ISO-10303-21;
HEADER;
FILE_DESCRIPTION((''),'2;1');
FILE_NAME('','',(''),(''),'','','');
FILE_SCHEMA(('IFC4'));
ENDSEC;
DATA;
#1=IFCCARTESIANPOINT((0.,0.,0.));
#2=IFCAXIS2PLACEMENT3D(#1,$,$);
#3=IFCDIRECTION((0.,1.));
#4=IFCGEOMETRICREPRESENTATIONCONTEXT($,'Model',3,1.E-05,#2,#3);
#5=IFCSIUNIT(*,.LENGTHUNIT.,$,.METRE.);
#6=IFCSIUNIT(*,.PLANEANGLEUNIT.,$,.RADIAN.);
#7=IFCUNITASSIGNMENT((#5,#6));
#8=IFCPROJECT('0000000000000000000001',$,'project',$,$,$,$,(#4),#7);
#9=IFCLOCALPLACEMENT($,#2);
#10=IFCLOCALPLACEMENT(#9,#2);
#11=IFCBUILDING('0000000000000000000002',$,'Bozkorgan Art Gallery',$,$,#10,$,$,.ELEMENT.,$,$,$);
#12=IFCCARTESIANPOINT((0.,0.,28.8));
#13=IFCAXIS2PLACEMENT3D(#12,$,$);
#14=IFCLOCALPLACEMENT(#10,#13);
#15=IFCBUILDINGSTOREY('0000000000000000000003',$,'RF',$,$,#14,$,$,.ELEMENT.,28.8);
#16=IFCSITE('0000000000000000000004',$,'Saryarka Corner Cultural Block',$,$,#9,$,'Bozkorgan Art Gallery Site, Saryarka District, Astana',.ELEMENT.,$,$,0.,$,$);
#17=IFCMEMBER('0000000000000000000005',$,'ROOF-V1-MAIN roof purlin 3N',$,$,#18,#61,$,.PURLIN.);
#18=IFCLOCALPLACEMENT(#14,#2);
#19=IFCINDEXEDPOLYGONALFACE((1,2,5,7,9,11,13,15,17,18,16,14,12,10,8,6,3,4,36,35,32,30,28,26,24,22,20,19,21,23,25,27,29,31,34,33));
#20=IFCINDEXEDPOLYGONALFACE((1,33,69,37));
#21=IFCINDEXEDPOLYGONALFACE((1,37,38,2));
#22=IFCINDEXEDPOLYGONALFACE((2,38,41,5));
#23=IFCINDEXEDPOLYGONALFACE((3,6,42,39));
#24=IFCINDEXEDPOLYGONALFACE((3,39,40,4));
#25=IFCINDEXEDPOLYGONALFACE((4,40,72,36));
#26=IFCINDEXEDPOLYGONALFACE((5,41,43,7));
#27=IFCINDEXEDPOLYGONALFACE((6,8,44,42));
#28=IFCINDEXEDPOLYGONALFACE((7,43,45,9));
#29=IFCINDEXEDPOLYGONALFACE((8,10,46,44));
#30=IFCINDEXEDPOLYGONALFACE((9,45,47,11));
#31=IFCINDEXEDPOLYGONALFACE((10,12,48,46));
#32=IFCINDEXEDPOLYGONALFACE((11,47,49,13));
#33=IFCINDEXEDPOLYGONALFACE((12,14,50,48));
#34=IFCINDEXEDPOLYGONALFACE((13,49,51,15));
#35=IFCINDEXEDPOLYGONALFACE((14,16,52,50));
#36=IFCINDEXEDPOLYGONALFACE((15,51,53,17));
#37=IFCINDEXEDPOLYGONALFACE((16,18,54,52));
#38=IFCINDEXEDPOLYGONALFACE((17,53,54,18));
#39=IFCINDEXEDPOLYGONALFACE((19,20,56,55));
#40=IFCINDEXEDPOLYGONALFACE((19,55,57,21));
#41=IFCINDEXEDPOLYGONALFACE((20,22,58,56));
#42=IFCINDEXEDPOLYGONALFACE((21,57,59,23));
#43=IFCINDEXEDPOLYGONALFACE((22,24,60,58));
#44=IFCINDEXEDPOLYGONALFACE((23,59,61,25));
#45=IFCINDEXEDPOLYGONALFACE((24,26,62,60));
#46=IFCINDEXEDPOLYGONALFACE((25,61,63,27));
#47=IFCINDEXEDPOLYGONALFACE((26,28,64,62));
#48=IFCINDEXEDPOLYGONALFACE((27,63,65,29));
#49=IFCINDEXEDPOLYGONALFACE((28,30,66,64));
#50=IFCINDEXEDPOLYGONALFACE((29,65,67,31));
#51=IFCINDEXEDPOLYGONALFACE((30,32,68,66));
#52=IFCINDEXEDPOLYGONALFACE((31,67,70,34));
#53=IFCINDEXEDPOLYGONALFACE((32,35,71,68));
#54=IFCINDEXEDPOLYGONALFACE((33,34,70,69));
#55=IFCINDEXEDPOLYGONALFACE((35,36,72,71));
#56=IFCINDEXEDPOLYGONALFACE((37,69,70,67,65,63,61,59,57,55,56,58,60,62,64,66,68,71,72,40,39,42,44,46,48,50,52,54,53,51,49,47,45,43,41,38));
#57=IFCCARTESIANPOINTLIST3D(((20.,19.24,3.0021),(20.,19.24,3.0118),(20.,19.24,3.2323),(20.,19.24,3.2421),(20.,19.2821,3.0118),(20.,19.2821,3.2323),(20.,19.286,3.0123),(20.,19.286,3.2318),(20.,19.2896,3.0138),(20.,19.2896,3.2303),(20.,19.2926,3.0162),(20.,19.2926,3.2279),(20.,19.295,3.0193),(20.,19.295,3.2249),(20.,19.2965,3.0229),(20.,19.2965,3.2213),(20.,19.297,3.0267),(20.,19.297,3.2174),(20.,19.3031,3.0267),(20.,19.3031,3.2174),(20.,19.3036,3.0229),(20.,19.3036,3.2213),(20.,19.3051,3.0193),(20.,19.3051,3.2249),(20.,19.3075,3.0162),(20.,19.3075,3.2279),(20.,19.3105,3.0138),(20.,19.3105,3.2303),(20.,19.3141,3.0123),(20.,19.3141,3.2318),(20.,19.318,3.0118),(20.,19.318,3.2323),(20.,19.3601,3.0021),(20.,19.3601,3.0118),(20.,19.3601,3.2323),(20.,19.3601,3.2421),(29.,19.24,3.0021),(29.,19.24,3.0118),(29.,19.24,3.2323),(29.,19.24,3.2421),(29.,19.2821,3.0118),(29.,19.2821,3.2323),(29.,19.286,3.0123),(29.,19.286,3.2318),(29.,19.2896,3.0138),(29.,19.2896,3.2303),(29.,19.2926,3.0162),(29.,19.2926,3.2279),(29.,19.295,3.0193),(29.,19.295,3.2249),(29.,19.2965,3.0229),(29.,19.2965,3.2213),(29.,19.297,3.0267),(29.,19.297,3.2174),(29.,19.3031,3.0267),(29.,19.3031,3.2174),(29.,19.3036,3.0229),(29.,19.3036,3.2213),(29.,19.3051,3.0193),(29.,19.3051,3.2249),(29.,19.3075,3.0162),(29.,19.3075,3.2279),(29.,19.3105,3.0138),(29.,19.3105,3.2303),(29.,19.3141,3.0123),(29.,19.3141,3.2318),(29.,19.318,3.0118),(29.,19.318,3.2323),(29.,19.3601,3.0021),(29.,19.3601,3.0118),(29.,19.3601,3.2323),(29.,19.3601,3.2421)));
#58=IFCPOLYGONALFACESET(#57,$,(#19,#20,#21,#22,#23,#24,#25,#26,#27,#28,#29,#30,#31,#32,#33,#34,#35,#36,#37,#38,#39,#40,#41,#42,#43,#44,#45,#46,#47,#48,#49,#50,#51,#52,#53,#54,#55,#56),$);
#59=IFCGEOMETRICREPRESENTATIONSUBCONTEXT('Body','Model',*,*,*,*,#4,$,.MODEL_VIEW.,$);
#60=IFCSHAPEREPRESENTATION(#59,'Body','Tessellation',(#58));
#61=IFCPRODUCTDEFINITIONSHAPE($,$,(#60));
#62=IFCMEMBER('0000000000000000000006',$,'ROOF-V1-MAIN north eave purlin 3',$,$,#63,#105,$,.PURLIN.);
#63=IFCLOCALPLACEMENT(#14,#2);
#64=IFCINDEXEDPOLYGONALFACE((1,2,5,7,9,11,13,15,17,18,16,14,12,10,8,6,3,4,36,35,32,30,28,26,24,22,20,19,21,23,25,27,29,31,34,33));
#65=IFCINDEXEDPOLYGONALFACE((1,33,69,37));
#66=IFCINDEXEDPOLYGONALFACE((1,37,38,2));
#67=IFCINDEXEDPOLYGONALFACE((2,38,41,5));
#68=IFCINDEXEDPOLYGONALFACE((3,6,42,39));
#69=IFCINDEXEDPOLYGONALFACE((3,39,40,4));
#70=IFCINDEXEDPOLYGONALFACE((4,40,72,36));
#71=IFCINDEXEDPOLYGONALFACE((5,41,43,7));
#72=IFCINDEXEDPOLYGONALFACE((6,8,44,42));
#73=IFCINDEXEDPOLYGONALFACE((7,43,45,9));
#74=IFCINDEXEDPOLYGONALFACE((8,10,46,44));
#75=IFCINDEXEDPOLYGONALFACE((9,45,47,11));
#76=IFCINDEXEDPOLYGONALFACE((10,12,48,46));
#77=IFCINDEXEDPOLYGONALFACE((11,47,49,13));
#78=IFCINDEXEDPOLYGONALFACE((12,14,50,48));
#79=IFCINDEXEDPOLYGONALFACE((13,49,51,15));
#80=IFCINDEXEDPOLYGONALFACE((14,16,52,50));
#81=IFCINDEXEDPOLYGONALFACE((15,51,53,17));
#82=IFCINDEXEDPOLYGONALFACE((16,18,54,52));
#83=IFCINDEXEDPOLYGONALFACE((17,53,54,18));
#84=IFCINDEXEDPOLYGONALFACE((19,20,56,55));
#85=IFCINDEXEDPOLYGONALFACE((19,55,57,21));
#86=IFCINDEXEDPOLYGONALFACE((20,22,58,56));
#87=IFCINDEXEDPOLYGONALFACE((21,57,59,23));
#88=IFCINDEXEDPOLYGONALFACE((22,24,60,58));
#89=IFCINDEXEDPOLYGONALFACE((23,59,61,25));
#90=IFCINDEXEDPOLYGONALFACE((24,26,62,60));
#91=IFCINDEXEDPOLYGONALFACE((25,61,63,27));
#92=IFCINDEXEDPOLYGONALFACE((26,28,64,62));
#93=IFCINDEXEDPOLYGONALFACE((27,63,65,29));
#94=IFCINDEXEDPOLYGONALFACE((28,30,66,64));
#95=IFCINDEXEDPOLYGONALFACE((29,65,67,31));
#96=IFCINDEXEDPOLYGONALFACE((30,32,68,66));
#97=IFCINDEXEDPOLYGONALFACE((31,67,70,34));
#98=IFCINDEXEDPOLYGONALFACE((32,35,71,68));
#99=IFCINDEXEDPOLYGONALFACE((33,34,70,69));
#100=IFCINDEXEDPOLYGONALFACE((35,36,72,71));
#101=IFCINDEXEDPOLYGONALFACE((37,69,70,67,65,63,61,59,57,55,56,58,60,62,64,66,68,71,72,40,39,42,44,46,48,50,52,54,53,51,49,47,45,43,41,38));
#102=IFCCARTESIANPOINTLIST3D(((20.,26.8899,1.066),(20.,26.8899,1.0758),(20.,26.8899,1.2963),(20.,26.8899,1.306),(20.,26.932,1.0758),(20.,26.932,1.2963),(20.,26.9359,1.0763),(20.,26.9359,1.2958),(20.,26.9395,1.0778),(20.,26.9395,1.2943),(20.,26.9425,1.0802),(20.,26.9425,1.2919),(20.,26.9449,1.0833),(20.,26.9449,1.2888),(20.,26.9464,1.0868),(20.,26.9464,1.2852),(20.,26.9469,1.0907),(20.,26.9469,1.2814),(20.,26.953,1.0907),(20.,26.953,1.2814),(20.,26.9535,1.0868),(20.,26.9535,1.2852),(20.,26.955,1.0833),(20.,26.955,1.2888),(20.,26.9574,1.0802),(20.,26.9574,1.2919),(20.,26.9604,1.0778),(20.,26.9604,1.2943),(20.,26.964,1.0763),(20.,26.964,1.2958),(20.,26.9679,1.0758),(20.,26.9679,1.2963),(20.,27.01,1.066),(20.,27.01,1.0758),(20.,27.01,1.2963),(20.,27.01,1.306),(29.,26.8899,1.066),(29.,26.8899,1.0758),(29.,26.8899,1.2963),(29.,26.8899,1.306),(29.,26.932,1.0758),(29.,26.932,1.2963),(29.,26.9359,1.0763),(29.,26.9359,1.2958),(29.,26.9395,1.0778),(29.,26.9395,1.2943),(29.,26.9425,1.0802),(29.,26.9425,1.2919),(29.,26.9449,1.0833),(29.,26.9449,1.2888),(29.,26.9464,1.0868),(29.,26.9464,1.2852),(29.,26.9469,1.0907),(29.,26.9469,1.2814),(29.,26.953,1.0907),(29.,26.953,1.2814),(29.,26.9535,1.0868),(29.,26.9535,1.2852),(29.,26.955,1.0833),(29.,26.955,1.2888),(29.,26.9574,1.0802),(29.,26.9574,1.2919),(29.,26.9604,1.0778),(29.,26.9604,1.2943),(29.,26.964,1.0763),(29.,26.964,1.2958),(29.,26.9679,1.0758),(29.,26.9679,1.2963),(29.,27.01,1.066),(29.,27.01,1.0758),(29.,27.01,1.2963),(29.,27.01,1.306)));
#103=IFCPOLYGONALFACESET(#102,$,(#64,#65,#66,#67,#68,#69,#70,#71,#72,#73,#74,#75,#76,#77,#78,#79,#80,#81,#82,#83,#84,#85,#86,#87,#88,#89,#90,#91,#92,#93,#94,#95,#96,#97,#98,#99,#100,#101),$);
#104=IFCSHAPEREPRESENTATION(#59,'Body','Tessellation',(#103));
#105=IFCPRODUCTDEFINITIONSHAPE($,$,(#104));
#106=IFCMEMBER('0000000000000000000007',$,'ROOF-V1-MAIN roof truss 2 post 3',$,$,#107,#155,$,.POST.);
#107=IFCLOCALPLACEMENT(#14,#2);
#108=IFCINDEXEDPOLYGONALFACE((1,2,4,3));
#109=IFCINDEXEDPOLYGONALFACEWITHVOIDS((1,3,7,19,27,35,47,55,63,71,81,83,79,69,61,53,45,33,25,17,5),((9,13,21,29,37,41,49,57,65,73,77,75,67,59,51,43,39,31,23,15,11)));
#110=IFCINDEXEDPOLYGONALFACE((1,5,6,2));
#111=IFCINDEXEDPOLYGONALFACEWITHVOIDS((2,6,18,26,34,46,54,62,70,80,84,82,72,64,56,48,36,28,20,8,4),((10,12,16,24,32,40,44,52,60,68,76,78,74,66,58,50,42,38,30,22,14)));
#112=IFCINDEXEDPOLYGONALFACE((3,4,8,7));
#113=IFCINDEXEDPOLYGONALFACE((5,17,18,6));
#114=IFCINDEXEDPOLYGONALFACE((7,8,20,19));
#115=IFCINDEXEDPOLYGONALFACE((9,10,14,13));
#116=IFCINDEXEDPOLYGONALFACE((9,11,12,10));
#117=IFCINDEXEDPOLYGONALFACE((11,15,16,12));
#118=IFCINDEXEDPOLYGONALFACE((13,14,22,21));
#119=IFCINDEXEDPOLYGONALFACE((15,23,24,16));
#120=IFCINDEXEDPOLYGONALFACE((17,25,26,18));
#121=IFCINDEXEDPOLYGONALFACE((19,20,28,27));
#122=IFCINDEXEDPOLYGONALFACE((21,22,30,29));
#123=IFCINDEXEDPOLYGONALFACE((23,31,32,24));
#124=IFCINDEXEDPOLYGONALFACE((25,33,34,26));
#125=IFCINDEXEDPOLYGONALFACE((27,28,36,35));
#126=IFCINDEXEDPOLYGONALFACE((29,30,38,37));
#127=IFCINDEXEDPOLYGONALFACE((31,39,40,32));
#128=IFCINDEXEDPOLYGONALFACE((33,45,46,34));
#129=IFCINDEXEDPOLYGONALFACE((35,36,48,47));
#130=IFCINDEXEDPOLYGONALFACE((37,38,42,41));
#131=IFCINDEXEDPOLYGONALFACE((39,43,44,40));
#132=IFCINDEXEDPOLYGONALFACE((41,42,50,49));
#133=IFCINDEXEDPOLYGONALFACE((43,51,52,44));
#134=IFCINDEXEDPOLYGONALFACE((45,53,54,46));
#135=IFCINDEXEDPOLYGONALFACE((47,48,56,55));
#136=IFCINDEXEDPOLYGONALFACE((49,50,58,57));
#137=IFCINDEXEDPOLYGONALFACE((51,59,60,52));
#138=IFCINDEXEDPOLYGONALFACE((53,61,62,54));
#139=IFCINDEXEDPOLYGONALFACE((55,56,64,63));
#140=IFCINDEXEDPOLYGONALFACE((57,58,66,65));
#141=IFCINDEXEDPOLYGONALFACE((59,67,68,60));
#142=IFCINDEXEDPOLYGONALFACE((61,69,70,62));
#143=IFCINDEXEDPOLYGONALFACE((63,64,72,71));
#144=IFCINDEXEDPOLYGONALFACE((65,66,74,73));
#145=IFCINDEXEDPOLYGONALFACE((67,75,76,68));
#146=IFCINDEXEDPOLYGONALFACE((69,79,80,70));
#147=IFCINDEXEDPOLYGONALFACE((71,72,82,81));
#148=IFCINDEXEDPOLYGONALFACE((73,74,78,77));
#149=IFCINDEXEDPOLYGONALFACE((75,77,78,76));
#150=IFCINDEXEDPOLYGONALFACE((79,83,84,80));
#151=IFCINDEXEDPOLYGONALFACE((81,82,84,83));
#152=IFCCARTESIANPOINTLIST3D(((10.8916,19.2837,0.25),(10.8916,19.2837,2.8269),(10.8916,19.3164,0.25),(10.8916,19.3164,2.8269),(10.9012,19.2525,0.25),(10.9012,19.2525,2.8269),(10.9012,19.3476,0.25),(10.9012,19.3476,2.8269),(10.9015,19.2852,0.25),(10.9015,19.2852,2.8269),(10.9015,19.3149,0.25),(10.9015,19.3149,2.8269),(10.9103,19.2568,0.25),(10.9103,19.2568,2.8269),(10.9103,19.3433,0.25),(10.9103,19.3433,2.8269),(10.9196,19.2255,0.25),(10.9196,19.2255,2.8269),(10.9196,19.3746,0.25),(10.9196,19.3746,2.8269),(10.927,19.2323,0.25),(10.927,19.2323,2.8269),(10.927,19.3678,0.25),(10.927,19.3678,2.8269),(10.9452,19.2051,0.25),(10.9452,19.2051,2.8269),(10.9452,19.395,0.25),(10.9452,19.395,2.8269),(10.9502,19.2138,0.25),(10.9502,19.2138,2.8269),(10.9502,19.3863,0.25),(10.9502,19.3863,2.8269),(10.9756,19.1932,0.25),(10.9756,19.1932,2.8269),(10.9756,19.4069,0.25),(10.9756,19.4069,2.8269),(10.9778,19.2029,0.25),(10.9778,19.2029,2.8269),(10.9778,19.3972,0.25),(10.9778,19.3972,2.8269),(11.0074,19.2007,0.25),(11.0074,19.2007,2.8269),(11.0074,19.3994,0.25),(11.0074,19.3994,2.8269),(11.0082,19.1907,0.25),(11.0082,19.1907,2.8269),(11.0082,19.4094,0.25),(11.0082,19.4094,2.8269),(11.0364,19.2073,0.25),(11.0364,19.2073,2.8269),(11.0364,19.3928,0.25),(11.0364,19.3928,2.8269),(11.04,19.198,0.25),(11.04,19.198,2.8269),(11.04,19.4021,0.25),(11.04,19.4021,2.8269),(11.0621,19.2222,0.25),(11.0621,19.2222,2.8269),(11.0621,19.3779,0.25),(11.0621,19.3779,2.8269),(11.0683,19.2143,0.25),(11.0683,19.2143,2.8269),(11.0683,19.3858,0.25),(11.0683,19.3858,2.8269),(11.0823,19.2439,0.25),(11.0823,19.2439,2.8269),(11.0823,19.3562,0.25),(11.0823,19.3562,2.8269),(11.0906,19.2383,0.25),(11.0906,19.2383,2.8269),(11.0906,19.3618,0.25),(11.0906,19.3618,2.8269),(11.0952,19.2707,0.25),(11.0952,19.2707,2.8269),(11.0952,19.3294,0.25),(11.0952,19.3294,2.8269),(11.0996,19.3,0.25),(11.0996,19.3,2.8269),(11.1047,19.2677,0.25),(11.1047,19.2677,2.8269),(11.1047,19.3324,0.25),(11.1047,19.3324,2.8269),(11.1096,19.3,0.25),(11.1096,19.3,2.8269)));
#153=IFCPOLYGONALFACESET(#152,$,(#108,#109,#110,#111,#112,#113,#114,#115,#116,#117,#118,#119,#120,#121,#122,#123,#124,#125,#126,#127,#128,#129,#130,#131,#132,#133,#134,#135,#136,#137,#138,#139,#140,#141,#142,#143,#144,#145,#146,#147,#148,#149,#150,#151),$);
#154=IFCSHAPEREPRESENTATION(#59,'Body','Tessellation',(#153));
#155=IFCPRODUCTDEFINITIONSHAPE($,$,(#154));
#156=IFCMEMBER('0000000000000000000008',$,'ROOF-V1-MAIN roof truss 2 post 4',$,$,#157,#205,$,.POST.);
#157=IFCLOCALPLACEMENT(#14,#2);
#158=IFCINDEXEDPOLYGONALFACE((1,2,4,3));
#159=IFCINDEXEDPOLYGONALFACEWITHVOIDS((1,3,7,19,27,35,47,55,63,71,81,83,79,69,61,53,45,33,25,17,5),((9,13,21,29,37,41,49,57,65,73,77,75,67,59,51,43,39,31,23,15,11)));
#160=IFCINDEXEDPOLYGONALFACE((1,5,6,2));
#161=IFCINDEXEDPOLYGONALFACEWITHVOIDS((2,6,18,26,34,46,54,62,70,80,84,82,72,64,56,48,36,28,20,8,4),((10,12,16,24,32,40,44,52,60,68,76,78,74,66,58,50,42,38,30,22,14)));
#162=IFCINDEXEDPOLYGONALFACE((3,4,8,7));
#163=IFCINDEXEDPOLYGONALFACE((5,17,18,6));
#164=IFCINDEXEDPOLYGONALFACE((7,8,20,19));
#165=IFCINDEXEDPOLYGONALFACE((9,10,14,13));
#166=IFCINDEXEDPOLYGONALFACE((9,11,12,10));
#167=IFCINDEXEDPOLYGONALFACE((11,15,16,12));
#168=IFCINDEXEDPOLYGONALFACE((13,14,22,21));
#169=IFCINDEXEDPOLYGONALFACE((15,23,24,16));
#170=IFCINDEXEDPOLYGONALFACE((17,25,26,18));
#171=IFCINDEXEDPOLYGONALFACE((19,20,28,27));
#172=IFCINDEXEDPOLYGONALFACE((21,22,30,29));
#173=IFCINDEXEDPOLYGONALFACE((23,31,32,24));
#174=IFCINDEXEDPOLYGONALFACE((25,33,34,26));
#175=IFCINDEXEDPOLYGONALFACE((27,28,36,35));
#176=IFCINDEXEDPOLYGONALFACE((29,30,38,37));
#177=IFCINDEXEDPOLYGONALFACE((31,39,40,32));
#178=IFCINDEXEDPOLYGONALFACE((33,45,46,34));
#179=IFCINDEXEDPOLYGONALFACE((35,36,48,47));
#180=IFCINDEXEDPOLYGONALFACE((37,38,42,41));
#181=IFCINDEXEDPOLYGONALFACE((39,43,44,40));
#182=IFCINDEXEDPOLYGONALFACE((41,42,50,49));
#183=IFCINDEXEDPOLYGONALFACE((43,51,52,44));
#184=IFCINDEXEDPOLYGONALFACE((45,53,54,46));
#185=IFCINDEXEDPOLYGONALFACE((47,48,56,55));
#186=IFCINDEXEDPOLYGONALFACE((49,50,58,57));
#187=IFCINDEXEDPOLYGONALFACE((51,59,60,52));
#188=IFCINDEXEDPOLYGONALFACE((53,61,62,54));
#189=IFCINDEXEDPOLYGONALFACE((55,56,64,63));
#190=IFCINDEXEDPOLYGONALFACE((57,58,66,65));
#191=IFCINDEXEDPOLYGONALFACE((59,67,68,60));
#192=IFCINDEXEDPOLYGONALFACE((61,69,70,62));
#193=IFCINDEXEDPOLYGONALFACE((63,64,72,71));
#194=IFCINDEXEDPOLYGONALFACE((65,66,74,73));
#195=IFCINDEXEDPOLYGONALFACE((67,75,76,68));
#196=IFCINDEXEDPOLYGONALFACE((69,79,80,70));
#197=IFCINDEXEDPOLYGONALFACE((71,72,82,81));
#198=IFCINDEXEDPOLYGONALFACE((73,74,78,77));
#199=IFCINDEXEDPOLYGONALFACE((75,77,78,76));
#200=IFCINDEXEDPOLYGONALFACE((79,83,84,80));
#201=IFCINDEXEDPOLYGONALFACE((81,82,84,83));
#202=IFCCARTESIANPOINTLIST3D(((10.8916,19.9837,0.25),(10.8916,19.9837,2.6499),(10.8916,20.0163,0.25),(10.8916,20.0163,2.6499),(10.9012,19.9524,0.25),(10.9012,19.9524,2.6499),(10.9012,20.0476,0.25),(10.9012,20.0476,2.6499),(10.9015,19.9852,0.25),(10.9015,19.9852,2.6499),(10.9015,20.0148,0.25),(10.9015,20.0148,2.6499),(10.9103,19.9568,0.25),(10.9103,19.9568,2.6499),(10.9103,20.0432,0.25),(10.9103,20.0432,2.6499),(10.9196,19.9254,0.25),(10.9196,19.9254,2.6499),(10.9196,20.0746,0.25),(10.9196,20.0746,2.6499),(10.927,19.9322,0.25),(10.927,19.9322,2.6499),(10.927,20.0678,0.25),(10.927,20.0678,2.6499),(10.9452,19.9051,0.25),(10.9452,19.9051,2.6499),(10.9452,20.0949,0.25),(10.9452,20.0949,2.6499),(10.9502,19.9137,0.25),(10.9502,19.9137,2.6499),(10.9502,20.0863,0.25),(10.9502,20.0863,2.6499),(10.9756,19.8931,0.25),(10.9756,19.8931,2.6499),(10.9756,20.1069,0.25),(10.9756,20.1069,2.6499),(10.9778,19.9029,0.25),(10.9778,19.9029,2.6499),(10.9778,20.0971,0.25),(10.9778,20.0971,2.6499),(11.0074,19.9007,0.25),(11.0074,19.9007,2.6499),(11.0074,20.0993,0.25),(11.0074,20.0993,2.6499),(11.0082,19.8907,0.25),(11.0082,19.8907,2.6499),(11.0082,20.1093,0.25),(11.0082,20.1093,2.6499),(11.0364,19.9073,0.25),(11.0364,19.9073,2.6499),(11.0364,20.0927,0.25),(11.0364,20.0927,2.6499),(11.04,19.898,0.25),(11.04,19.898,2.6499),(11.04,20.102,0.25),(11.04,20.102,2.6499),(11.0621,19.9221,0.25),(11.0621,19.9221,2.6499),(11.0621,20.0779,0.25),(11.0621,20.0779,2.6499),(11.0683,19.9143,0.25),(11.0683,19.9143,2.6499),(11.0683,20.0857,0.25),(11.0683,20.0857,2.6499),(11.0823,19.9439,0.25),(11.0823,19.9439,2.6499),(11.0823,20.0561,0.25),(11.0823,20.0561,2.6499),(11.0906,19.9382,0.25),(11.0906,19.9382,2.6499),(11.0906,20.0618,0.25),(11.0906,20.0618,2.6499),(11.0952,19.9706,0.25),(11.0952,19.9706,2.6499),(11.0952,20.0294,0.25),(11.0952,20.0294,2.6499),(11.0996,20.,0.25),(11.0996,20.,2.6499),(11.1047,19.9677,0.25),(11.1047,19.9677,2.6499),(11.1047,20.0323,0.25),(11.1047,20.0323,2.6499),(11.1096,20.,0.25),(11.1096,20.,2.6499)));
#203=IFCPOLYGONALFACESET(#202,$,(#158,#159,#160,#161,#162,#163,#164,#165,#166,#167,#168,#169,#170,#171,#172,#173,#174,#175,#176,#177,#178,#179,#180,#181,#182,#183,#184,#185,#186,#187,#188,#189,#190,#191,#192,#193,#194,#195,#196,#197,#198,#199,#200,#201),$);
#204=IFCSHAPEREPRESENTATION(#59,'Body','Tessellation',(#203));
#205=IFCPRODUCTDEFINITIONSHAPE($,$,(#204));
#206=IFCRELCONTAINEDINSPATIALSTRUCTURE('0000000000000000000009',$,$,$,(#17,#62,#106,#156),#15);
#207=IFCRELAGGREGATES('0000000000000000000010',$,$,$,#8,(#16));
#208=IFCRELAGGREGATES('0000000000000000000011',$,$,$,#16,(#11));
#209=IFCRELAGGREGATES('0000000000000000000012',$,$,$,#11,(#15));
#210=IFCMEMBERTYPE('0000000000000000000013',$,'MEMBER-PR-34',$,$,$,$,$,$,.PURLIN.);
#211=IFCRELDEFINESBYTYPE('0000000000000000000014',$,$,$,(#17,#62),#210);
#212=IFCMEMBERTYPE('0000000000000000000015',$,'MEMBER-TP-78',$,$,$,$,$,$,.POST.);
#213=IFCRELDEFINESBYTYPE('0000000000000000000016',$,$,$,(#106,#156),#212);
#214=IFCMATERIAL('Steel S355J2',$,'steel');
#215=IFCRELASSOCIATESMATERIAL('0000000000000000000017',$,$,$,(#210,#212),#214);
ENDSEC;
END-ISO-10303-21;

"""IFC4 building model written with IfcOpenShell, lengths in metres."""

from ifc_helpers import new_model, si_unit, direction, frame, origin, origin_2d, place, context, subcontext, project, spatial, hollow_circle, i_section, extrude, material, material_profile, profile_set, type_object, element, save


model = new_model("IFC4")

# Units and contexts
model_context = context("Model", 3, precision=1e-05, world=origin(), true_north=direction((0.0, 1.0)))
body_context = subcontext(model_context, "Body", "Model", "MODEL_VIEW")
ifc_project = project(units=[si_unit("LENGTHUNIT", "METRE"), si_unit("PLANEANGLEUNIT", "RADIAN")], contexts=[model_context])

# Site, building, storey
site_placement = place(None, origin())
site = spatial("IfcSite", under=ifc_project, at=site_placement, Name="Saryarka Corner Cultural Block", LongName="Bozkorgan Art Gallery Site, Saryarka District, Astana", CompositionType="ELEMENT", RefElevation=0.0)
building_placement = place(site_placement, origin())
building = spatial("IfcBuilding", under=site, at=building_placement, Name="Bozkorgan Art Gallery", CompositionType="ELEMENT")
storey_placement = place(building_placement, frame((0.0, 0.0, 28.8)))
storey = spatial("IfcBuildingStorey", under=building, at=storey_placement, Name="RF", CompositionType="ELEMENT", Elevation=28.8)

# Shared definitions
ifc_material_1 = material(Name="Steel S355J2", Category="steel")

# Members
ifc_material_profile_1 = material_profile(ifc_material_1, i_section(OverallWidth=0.1201, OverallDepth=0.24, WebThickness=0.0061, FlangeThickness=0.0098, FilletRadius=0.0149, at=origin_2d()), Name="IPE 240")
ifc_profile_set_1 = profile_set([ifc_material_profile_1], Name="Steel S355J2")
member_type_1 = type_object("IfcMemberType", Name="MEMBER-PR-34", PredefinedType="PURLIN", material=ifc_profile_set_1)
for number, where, z_axis, x_axis, name in (
    (1, (20.0, 19.3, 3.1221), (1.0, 0.0, 0.0), (0.0, 1.0, 0.0), "ROOF-V1-MAIN roof purlin 3N"),
    (2, (20.0, 26.95, 1.186), (1.0, 0.0, 0.0), (0.0, 1.0, 0.0), "ROOF-V1-MAIN north eave purlin 3"),
):
    element("IfcMember", number, at=place(storey_placement, frame(where, z_axis=z_axis, x_axis=x_axis)), inside=storey, type_object=member_type_1, Name=name, PredefinedType="PURLIN", context=body_context, shape_type="SweptSolid", body=[
        extrude(i_section(OverallWidth=0.1201, OverallDepth=0.24, WebThickness=0.0061, FlangeThickness=0.0098, FilletRadius=0.0149, at=origin_2d()), origin(), (0.0, 0.0, 1.0), 9.0),
    ])
ifc_material_profile_2 = material_profile(ifc_material_1, hollow_circle(Radius=0.1096, WallThickness=0.01, at=origin_2d()), Name="CHS 219.1x10")
ifc_profile_set_2 = profile_set([ifc_material_profile_2], Name="Steel S355J2")
member_type_2 = type_object("IfcMemberType", Name="MEMBER-TP-78", PredefinedType="POST", material=ifc_profile_set_2)
member_1_placement = place(storey_placement, frame((11.0, 19.3, 0.25), z_axis=(0.0, 0.0, 1.0), x_axis=(1.0, 0.0, 0.0)))
element("IfcMember", 3, at=member_1_placement, inside=storey, type_object=member_type_2, Name="ROOF-V1-MAIN roof truss 2 post 3", PredefinedType="POST", context=body_context, shape_type="SweptSolid", body=[
    extrude(hollow_circle(Radius=0.1096, WallThickness=0.01, at=origin_2d()), origin(), (0.0, 0.0, 1.0), 2.5769),
])
member_2_placement = place(storey_placement, frame((11.0, 20.0, 0.25), z_axis=(0.0, 0.0, 1.0), x_axis=(1.0, 0.0, 0.0)))
element("IfcMember", 4, at=member_2_placement, inside=storey, type_object=member_type_2, Name="ROOF-V1-MAIN roof truss 2 post 4", PredefinedType="POST", context=body_context, shape_type="SweptSolid", body=[
    extrude(hollow_circle(Radius=0.1096, WallThickness=0.01, at=origin_2d()), origin(), (0.0, 0.0, 1.0), 2.3999),
])

save(model, "model.ifc")
